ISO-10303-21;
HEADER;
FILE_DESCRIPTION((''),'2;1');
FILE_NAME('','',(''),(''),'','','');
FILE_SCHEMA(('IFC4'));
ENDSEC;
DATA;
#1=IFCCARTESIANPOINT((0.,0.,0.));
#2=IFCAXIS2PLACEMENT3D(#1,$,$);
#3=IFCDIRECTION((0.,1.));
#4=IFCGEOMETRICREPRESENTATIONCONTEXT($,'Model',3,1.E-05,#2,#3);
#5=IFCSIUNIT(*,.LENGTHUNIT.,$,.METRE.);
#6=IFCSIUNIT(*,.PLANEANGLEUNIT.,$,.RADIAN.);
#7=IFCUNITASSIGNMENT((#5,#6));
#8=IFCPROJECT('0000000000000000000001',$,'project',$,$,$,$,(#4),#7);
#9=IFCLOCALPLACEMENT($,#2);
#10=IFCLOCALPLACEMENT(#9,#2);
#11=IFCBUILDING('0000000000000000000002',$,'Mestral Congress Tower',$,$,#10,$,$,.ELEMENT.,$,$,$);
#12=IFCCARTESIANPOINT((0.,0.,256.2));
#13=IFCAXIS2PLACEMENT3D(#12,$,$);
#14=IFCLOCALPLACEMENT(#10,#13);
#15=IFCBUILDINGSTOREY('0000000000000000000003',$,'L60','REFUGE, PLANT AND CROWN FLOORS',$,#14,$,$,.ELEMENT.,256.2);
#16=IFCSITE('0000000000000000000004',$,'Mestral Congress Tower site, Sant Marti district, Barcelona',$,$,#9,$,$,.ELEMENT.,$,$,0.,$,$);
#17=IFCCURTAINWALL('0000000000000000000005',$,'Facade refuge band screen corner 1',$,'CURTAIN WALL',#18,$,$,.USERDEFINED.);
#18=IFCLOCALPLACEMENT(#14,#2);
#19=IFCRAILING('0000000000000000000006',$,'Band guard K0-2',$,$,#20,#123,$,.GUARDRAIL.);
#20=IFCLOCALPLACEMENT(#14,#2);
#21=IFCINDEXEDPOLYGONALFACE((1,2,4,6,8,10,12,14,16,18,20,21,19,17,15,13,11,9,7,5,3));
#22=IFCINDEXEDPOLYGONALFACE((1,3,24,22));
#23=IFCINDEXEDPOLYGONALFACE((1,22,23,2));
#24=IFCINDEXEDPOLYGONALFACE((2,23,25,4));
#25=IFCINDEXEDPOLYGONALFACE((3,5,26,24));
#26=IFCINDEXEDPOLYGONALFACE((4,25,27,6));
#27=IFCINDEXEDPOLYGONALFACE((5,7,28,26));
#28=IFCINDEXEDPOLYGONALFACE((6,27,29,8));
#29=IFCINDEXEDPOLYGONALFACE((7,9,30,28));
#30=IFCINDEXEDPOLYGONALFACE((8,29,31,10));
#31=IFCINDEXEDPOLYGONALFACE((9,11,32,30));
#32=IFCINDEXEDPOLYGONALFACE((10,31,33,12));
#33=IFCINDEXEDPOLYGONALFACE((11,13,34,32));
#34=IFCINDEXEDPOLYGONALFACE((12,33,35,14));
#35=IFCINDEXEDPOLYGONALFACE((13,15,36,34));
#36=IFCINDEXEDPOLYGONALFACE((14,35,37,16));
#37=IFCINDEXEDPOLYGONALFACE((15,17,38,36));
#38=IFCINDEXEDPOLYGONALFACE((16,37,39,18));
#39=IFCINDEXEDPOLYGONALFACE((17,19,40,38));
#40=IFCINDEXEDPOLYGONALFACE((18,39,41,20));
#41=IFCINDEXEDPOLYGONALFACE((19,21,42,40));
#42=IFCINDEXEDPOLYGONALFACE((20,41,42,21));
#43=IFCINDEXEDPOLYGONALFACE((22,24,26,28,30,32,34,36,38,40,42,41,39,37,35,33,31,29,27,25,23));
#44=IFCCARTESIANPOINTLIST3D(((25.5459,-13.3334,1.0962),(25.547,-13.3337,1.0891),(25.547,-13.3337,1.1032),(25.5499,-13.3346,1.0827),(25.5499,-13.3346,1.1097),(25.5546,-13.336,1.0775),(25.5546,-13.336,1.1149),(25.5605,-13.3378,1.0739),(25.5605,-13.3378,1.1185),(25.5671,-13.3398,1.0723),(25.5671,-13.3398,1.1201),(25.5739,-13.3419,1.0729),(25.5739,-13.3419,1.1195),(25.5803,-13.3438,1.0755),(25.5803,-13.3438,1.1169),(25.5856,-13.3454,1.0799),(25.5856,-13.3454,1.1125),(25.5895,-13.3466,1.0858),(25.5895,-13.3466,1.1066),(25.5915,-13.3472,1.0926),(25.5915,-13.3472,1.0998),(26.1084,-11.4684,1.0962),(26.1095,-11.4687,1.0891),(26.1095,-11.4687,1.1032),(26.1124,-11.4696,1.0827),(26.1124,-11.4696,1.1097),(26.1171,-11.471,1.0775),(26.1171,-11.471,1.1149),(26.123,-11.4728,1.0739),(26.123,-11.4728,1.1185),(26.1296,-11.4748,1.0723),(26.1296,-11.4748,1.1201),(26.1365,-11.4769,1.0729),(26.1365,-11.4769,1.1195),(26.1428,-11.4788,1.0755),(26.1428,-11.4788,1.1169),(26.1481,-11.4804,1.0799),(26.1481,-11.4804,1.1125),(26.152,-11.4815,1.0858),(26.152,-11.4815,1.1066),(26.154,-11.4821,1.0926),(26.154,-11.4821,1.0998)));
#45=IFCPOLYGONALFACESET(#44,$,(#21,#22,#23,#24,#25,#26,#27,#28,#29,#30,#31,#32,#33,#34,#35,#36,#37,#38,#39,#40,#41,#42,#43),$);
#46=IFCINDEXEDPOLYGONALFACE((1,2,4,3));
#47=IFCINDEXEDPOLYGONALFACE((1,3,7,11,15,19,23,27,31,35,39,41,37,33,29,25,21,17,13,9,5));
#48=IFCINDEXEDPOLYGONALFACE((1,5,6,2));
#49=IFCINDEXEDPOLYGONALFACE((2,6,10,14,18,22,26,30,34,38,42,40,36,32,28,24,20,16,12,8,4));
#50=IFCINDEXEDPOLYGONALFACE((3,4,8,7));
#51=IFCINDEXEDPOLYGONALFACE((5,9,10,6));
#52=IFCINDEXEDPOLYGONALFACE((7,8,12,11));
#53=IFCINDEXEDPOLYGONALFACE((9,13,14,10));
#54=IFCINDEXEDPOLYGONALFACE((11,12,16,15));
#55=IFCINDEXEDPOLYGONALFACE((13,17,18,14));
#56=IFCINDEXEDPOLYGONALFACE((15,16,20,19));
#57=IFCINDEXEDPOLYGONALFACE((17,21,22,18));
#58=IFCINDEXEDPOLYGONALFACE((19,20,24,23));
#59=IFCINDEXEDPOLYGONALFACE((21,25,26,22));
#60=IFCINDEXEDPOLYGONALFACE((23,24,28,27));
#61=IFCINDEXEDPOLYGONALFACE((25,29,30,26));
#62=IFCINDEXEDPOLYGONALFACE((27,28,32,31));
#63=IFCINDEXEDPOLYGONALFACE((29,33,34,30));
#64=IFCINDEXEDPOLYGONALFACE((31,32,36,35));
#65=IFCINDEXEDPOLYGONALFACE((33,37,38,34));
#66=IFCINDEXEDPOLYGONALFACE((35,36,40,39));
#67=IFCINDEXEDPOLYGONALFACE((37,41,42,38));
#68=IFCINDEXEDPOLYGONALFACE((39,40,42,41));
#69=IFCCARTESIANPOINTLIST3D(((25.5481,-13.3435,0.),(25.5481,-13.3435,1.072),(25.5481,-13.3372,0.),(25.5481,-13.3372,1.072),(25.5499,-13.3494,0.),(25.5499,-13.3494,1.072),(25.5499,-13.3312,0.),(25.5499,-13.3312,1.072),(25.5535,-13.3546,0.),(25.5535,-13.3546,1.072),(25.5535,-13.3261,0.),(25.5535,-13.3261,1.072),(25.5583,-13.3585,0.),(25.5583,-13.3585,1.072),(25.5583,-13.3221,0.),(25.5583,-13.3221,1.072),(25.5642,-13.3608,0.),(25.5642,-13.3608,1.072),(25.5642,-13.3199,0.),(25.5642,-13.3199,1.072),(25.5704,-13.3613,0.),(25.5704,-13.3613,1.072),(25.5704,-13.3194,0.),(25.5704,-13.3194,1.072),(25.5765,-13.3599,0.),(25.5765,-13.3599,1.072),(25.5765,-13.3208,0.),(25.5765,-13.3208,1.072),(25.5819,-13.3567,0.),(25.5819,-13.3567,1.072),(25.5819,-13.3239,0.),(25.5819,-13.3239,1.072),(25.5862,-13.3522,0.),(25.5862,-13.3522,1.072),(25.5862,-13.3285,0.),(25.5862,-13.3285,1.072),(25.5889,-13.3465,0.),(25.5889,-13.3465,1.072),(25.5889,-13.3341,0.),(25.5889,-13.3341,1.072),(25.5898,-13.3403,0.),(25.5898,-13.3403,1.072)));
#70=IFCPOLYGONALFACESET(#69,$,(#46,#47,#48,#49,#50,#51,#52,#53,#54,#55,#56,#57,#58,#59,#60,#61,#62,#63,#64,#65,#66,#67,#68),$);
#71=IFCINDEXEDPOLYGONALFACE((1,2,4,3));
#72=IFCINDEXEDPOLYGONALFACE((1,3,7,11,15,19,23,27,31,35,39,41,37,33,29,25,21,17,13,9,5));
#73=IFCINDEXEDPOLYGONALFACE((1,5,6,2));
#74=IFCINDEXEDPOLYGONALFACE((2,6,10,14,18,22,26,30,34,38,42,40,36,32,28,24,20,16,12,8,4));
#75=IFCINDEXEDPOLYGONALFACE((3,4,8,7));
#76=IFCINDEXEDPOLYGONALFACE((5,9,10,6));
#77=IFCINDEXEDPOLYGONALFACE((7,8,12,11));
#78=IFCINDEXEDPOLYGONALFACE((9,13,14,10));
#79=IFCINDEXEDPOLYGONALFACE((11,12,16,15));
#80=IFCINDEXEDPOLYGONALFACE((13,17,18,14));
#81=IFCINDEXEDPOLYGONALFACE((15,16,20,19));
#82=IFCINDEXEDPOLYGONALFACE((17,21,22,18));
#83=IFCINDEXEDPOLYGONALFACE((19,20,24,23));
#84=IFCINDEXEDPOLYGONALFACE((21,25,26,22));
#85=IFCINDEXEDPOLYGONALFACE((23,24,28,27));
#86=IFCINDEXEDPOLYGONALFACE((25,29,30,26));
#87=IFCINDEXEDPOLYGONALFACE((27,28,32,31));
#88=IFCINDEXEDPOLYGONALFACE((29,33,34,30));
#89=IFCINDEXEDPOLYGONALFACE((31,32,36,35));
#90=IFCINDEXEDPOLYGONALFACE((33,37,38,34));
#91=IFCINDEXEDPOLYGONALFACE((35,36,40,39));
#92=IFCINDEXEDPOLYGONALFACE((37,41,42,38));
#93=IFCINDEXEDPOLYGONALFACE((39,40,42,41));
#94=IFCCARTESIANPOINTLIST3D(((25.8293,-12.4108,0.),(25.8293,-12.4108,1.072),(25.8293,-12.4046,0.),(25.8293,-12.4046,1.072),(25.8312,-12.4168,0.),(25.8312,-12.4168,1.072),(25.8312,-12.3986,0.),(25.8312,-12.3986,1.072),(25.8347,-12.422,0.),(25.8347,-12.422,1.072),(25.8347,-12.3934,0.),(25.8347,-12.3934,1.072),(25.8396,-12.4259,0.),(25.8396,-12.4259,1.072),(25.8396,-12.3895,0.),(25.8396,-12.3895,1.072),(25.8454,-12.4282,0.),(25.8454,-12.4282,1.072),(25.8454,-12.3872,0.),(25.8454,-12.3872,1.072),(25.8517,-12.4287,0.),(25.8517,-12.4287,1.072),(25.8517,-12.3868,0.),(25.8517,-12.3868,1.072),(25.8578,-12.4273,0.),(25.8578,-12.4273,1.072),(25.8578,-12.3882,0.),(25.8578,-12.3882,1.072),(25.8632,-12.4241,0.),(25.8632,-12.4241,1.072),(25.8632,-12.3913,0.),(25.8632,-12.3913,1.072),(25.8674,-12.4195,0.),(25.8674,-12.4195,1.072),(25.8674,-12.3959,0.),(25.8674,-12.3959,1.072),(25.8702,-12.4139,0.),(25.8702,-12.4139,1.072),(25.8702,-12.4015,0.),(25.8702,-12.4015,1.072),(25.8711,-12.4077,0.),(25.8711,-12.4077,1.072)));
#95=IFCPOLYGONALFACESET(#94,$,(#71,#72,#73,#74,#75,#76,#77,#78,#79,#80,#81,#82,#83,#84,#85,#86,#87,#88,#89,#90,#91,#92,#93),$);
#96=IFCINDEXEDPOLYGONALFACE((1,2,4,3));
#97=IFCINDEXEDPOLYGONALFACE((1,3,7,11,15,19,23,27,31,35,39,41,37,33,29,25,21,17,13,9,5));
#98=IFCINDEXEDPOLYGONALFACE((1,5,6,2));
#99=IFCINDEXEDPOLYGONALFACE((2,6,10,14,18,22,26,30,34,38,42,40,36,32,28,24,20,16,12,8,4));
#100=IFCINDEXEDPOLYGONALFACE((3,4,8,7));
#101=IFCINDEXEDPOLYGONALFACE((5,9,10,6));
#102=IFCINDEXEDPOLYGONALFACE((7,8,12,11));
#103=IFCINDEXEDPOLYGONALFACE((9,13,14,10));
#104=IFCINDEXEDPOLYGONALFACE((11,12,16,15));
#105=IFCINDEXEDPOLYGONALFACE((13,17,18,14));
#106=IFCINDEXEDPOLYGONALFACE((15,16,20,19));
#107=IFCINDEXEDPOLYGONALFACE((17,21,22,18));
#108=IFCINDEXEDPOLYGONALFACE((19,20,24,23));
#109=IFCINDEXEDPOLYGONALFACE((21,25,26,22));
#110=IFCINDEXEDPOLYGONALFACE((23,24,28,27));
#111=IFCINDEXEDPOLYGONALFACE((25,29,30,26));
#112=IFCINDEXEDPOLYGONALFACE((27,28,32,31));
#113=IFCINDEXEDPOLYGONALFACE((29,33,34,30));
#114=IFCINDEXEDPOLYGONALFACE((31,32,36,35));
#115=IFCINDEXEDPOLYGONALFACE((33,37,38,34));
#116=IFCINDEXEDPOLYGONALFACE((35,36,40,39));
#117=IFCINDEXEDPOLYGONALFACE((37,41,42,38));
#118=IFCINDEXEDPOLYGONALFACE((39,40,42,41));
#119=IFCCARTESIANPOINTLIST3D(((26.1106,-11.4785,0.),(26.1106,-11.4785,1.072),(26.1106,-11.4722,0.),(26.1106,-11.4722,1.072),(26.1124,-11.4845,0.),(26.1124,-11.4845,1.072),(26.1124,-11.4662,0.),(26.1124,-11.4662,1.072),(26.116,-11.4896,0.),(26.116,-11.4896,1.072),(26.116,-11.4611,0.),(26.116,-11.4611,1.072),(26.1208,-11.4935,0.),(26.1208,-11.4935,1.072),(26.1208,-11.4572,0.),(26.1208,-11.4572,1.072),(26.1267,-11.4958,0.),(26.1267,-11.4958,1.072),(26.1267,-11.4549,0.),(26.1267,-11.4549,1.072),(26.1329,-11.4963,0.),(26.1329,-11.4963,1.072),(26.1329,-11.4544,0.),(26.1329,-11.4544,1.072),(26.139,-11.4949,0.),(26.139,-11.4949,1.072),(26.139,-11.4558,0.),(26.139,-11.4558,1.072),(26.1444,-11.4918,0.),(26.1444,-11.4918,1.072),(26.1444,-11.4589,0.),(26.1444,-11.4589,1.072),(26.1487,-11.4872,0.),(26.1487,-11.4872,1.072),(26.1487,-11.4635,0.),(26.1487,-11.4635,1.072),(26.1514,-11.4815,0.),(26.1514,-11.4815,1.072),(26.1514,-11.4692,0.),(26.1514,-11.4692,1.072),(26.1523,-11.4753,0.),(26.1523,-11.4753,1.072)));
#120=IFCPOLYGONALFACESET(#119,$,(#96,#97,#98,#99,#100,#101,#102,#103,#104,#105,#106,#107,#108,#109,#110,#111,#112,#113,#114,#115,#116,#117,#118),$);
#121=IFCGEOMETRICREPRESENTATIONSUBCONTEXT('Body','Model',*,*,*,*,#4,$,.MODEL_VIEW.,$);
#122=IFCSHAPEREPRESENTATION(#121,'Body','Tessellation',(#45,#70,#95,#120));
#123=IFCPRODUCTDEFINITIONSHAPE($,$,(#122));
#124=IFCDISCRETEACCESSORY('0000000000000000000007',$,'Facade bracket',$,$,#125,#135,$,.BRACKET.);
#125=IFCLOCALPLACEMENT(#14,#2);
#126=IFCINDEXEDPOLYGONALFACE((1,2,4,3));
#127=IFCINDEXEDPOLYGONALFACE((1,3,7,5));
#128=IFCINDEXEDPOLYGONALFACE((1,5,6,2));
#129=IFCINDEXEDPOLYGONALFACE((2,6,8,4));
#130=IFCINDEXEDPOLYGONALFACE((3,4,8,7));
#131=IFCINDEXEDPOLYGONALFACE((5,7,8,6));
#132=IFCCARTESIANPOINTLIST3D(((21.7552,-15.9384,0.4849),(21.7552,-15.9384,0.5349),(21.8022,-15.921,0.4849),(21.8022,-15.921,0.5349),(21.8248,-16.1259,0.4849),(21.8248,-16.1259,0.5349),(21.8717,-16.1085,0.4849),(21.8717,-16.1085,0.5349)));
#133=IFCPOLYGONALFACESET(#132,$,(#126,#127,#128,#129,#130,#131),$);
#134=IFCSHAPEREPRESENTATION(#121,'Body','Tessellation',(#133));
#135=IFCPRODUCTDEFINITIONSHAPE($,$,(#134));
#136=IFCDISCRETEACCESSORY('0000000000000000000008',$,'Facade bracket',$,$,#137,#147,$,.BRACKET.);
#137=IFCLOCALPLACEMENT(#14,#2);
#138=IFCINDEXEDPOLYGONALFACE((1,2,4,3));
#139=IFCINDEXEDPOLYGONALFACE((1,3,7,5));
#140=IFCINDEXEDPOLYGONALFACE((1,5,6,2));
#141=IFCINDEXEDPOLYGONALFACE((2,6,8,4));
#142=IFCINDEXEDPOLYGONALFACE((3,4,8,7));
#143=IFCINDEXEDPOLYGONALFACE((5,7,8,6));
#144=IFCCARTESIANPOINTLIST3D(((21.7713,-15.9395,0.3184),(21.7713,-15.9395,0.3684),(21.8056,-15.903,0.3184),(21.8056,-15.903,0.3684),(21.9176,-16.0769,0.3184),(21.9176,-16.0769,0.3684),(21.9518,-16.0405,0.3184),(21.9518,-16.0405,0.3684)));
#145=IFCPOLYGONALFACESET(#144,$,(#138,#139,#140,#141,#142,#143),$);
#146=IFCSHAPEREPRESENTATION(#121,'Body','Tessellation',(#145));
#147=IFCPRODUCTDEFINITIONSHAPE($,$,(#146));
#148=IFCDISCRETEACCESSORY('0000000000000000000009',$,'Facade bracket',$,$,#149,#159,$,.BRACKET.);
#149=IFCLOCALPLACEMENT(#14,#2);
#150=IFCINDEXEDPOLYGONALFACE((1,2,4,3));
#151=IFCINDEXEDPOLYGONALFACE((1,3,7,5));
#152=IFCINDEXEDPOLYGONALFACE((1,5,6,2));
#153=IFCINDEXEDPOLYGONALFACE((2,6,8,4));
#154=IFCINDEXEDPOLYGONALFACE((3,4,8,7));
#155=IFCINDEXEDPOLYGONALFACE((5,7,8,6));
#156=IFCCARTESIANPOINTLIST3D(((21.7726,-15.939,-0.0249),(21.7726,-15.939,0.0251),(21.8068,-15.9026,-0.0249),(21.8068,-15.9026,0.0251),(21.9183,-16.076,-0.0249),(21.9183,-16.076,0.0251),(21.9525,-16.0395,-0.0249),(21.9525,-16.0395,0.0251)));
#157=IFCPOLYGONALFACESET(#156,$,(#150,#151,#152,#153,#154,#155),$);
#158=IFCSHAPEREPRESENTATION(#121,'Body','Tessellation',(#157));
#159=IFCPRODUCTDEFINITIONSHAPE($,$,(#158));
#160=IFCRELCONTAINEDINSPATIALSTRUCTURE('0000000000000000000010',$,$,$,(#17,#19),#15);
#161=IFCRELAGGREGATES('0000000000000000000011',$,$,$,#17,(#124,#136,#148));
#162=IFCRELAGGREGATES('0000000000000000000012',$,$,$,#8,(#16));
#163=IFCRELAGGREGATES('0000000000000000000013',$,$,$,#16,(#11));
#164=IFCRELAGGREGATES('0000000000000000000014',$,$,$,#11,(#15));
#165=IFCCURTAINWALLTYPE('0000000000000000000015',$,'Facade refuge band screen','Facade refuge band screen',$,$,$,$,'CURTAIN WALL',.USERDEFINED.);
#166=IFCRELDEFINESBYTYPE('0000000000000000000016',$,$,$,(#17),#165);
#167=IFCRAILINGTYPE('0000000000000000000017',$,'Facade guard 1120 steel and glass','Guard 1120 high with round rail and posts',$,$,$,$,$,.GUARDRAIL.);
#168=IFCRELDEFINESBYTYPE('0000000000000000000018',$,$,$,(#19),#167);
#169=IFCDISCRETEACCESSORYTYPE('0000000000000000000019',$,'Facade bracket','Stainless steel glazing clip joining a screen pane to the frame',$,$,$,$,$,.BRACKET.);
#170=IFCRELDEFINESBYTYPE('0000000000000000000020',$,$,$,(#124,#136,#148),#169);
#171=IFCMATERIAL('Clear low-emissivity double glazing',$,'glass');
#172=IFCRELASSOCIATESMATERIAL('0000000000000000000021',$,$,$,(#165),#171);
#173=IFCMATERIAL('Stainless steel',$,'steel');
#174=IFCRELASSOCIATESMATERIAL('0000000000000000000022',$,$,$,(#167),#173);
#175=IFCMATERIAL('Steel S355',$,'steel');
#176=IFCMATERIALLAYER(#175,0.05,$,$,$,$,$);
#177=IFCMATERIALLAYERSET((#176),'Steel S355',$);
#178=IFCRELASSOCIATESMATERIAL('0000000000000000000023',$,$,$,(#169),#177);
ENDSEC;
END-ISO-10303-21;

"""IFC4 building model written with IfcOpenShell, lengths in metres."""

from ifc_helpers import new_model, si_unit, direction, frame, origin, origin_2d, place, context, subcontext, project, spatial, rectangle, circle, extrude, material, layer, layer_set, type_object, element, aggregate, save


model = new_model("IFC4")

# Units and contexts
model_context = context("Model", 3, precision=1e-05, world=origin(), true_north=direction((0.0, 1.0)))
body_context = subcontext(model_context, "Body", "Model", "MODEL_VIEW")
ifc_project = project(units=[si_unit("LENGTHUNIT", "METRE"), si_unit("PLANEANGLEUNIT", "RADIAN")], contexts=[model_context])

# Site, building, storey
site_placement = place(None, origin())
site = spatial("IfcSite", under=ifc_project, at=site_placement, Name="Mestral Congress Tower site, Sant Marti district, Barcelona", CompositionType="ELEMENT", RefElevation=0.0)
building_placement = place(site_placement, origin())
building = spatial("IfcBuilding", under=site, at=building_placement, Name="Mestral Congress Tower", CompositionType="ELEMENT")
storey_placement = place(building_placement, frame((0.0, 0.0, 256.2)))
storey = spatial("IfcBuildingStorey", under=building, at=storey_placement, Name="L60", Description="REFUGE, PLANT AND CROWN FLOORS", CompositionType="ELEMENT", Elevation=256.2)

# Shared definitions
ifc_material_1 = material(Name="Steel S355", Category="steel")

# Curtain wall
ifc_material_2 = material(Name="Clear low-emissivity double glazing", Category="glass")
curtain_wall_type = type_object("IfcCurtainWallType", Name="Facade refuge band screen", Description="Facade refuge band screen", ElementType="CURTAIN WALL", PredefinedType="USERDEFINED", material=ifc_material_2)
curtain_wall_placement = place(storey_placement, origin())
curtain_wall = element("IfcCurtainWall", 1, at=curtain_wall_placement, inside=storey, type_object=curtain_wall_type, Name="Facade refuge band screen corner 1", ObjectType="CURTAIN WALL", PredefinedType="USERDEFINED")

# Railing
ifc_material_3 = material(Name="Stainless steel", Category="steel")
railing_type = type_object("IfcRailingType", Name="Facade guard 1120 steel and glass", Description="Guard 1120 high with round rail and posts", PredefinedType="GUARDRAIL", material=ifc_material_3)
railing_1_placement = place(storey_placement, frame((25.5688, -13.3403, 0.0)))
element("IfcRailing", 2, at=railing_1_placement, inside=storey, type_object=railing_type, Name="Band guard K0-2", PredefinedType="GUARDRAIL", context=body_context, shape_type="SweptSolid", body=[
    extrude(circle(Radius=0.0239, at=origin_2d()), frame((0.0, 0.0, 1.0962), z_axis=(0.288762, 0.957401, 0.0), x_axis=(-0.957401, 0.288762, 0.0)), (0.0, 0.0, 1.0), 1.948),
    extrude(circle(Radius=0.021, at=origin_2d()), origin(), (0.0, 0.0, 1.0), 1.072),
    extrude(circle(Radius=0.021, at=origin_2d()), frame((0.2812, 0.9326, 0.0)), (0.0, 0.0, 1.0), 1.072),
    extrude(circle(Radius=0.021, at=origin_2d()), frame((0.5625, 1.865, 0.0)), (0.0, 0.0, 1.0), 1.072),
])

# Discrete accessories
ifc_layer_1 = layer(ifc_material_1, 0.05)
ifc_layer_set_1 = layer_set([ifc_layer_1], Name="Steel S355")
discrete_accessory_type = type_object("IfcDiscreteAccessoryType", Name="Facade bracket", Description="Stainless steel glazing clip joining a screen pane to the frame", PredefinedType="BRACKET", material=ifc_layer_set_1)
discrete_accessory_1_placement = place(storey_placement, frame((21.8135, -16.0234, 0.4849), z_axis=(0.0, 0.0, 1.0), x_axis=(0.937588, 0.347749, 0.0)))
discrete_accessory_1 = element("IfcDiscreteAccessory", 3, at=discrete_accessory_1_placement, type_object=discrete_accessory_type, Name="Facade bracket", PredefinedType="BRACKET", context=body_context, shape_type="SweptSolid", body=[
    extrude(rectangle(XDim=0.05, YDim=0.2, at=origin_2d()), origin(), (0.0, 0.0, 1.0), 0.05),
])
discrete_accessory_2_placement = place(storey_placement, frame((21.8616, -15.99, 0.3184), z_axis=(0.0, 0.0, 1.0), x_axis=(0.684774, 0.728756, 0.0)))
discrete_accessory_2 = element("IfcDiscreteAccessory", 4, at=discrete_accessory_2_placement, type_object=discrete_accessory_type, Name="Facade bracket", PredefinedType="BRACKET", context=body_context, shape_type="SweptSolid", body=[
    extrude(rectangle(XDim=0.05, YDim=0.2007, at=origin_2d()), origin(), (0.0, 0.0, 1.0), 0.05),
])
discrete_accessory_3_placement = place(storey_placement, frame((21.8625, -15.9893, -0.0249), z_axis=(0.0, 0.0, 1.0), x_axis=(0.684739, 0.728788, 0.0)))
discrete_accessory_3 = element("IfcDiscreteAccessory", 5, at=discrete_accessory_3_placement, type_object=discrete_accessory_type, Name="Facade bracket", PredefinedType="BRACKET", context=body_context, shape_type="SweptSolid", body=[
    extrude(rectangle(XDim=0.05, YDim=0.2, at=origin_2d()), origin(), (0.0, 0.0, 1.0), 0.05),
])
aggregate(curtain_wall, [discrete_accessory_1, discrete_accessory_2, discrete_accessory_3])

save(model, "model.ifc")
